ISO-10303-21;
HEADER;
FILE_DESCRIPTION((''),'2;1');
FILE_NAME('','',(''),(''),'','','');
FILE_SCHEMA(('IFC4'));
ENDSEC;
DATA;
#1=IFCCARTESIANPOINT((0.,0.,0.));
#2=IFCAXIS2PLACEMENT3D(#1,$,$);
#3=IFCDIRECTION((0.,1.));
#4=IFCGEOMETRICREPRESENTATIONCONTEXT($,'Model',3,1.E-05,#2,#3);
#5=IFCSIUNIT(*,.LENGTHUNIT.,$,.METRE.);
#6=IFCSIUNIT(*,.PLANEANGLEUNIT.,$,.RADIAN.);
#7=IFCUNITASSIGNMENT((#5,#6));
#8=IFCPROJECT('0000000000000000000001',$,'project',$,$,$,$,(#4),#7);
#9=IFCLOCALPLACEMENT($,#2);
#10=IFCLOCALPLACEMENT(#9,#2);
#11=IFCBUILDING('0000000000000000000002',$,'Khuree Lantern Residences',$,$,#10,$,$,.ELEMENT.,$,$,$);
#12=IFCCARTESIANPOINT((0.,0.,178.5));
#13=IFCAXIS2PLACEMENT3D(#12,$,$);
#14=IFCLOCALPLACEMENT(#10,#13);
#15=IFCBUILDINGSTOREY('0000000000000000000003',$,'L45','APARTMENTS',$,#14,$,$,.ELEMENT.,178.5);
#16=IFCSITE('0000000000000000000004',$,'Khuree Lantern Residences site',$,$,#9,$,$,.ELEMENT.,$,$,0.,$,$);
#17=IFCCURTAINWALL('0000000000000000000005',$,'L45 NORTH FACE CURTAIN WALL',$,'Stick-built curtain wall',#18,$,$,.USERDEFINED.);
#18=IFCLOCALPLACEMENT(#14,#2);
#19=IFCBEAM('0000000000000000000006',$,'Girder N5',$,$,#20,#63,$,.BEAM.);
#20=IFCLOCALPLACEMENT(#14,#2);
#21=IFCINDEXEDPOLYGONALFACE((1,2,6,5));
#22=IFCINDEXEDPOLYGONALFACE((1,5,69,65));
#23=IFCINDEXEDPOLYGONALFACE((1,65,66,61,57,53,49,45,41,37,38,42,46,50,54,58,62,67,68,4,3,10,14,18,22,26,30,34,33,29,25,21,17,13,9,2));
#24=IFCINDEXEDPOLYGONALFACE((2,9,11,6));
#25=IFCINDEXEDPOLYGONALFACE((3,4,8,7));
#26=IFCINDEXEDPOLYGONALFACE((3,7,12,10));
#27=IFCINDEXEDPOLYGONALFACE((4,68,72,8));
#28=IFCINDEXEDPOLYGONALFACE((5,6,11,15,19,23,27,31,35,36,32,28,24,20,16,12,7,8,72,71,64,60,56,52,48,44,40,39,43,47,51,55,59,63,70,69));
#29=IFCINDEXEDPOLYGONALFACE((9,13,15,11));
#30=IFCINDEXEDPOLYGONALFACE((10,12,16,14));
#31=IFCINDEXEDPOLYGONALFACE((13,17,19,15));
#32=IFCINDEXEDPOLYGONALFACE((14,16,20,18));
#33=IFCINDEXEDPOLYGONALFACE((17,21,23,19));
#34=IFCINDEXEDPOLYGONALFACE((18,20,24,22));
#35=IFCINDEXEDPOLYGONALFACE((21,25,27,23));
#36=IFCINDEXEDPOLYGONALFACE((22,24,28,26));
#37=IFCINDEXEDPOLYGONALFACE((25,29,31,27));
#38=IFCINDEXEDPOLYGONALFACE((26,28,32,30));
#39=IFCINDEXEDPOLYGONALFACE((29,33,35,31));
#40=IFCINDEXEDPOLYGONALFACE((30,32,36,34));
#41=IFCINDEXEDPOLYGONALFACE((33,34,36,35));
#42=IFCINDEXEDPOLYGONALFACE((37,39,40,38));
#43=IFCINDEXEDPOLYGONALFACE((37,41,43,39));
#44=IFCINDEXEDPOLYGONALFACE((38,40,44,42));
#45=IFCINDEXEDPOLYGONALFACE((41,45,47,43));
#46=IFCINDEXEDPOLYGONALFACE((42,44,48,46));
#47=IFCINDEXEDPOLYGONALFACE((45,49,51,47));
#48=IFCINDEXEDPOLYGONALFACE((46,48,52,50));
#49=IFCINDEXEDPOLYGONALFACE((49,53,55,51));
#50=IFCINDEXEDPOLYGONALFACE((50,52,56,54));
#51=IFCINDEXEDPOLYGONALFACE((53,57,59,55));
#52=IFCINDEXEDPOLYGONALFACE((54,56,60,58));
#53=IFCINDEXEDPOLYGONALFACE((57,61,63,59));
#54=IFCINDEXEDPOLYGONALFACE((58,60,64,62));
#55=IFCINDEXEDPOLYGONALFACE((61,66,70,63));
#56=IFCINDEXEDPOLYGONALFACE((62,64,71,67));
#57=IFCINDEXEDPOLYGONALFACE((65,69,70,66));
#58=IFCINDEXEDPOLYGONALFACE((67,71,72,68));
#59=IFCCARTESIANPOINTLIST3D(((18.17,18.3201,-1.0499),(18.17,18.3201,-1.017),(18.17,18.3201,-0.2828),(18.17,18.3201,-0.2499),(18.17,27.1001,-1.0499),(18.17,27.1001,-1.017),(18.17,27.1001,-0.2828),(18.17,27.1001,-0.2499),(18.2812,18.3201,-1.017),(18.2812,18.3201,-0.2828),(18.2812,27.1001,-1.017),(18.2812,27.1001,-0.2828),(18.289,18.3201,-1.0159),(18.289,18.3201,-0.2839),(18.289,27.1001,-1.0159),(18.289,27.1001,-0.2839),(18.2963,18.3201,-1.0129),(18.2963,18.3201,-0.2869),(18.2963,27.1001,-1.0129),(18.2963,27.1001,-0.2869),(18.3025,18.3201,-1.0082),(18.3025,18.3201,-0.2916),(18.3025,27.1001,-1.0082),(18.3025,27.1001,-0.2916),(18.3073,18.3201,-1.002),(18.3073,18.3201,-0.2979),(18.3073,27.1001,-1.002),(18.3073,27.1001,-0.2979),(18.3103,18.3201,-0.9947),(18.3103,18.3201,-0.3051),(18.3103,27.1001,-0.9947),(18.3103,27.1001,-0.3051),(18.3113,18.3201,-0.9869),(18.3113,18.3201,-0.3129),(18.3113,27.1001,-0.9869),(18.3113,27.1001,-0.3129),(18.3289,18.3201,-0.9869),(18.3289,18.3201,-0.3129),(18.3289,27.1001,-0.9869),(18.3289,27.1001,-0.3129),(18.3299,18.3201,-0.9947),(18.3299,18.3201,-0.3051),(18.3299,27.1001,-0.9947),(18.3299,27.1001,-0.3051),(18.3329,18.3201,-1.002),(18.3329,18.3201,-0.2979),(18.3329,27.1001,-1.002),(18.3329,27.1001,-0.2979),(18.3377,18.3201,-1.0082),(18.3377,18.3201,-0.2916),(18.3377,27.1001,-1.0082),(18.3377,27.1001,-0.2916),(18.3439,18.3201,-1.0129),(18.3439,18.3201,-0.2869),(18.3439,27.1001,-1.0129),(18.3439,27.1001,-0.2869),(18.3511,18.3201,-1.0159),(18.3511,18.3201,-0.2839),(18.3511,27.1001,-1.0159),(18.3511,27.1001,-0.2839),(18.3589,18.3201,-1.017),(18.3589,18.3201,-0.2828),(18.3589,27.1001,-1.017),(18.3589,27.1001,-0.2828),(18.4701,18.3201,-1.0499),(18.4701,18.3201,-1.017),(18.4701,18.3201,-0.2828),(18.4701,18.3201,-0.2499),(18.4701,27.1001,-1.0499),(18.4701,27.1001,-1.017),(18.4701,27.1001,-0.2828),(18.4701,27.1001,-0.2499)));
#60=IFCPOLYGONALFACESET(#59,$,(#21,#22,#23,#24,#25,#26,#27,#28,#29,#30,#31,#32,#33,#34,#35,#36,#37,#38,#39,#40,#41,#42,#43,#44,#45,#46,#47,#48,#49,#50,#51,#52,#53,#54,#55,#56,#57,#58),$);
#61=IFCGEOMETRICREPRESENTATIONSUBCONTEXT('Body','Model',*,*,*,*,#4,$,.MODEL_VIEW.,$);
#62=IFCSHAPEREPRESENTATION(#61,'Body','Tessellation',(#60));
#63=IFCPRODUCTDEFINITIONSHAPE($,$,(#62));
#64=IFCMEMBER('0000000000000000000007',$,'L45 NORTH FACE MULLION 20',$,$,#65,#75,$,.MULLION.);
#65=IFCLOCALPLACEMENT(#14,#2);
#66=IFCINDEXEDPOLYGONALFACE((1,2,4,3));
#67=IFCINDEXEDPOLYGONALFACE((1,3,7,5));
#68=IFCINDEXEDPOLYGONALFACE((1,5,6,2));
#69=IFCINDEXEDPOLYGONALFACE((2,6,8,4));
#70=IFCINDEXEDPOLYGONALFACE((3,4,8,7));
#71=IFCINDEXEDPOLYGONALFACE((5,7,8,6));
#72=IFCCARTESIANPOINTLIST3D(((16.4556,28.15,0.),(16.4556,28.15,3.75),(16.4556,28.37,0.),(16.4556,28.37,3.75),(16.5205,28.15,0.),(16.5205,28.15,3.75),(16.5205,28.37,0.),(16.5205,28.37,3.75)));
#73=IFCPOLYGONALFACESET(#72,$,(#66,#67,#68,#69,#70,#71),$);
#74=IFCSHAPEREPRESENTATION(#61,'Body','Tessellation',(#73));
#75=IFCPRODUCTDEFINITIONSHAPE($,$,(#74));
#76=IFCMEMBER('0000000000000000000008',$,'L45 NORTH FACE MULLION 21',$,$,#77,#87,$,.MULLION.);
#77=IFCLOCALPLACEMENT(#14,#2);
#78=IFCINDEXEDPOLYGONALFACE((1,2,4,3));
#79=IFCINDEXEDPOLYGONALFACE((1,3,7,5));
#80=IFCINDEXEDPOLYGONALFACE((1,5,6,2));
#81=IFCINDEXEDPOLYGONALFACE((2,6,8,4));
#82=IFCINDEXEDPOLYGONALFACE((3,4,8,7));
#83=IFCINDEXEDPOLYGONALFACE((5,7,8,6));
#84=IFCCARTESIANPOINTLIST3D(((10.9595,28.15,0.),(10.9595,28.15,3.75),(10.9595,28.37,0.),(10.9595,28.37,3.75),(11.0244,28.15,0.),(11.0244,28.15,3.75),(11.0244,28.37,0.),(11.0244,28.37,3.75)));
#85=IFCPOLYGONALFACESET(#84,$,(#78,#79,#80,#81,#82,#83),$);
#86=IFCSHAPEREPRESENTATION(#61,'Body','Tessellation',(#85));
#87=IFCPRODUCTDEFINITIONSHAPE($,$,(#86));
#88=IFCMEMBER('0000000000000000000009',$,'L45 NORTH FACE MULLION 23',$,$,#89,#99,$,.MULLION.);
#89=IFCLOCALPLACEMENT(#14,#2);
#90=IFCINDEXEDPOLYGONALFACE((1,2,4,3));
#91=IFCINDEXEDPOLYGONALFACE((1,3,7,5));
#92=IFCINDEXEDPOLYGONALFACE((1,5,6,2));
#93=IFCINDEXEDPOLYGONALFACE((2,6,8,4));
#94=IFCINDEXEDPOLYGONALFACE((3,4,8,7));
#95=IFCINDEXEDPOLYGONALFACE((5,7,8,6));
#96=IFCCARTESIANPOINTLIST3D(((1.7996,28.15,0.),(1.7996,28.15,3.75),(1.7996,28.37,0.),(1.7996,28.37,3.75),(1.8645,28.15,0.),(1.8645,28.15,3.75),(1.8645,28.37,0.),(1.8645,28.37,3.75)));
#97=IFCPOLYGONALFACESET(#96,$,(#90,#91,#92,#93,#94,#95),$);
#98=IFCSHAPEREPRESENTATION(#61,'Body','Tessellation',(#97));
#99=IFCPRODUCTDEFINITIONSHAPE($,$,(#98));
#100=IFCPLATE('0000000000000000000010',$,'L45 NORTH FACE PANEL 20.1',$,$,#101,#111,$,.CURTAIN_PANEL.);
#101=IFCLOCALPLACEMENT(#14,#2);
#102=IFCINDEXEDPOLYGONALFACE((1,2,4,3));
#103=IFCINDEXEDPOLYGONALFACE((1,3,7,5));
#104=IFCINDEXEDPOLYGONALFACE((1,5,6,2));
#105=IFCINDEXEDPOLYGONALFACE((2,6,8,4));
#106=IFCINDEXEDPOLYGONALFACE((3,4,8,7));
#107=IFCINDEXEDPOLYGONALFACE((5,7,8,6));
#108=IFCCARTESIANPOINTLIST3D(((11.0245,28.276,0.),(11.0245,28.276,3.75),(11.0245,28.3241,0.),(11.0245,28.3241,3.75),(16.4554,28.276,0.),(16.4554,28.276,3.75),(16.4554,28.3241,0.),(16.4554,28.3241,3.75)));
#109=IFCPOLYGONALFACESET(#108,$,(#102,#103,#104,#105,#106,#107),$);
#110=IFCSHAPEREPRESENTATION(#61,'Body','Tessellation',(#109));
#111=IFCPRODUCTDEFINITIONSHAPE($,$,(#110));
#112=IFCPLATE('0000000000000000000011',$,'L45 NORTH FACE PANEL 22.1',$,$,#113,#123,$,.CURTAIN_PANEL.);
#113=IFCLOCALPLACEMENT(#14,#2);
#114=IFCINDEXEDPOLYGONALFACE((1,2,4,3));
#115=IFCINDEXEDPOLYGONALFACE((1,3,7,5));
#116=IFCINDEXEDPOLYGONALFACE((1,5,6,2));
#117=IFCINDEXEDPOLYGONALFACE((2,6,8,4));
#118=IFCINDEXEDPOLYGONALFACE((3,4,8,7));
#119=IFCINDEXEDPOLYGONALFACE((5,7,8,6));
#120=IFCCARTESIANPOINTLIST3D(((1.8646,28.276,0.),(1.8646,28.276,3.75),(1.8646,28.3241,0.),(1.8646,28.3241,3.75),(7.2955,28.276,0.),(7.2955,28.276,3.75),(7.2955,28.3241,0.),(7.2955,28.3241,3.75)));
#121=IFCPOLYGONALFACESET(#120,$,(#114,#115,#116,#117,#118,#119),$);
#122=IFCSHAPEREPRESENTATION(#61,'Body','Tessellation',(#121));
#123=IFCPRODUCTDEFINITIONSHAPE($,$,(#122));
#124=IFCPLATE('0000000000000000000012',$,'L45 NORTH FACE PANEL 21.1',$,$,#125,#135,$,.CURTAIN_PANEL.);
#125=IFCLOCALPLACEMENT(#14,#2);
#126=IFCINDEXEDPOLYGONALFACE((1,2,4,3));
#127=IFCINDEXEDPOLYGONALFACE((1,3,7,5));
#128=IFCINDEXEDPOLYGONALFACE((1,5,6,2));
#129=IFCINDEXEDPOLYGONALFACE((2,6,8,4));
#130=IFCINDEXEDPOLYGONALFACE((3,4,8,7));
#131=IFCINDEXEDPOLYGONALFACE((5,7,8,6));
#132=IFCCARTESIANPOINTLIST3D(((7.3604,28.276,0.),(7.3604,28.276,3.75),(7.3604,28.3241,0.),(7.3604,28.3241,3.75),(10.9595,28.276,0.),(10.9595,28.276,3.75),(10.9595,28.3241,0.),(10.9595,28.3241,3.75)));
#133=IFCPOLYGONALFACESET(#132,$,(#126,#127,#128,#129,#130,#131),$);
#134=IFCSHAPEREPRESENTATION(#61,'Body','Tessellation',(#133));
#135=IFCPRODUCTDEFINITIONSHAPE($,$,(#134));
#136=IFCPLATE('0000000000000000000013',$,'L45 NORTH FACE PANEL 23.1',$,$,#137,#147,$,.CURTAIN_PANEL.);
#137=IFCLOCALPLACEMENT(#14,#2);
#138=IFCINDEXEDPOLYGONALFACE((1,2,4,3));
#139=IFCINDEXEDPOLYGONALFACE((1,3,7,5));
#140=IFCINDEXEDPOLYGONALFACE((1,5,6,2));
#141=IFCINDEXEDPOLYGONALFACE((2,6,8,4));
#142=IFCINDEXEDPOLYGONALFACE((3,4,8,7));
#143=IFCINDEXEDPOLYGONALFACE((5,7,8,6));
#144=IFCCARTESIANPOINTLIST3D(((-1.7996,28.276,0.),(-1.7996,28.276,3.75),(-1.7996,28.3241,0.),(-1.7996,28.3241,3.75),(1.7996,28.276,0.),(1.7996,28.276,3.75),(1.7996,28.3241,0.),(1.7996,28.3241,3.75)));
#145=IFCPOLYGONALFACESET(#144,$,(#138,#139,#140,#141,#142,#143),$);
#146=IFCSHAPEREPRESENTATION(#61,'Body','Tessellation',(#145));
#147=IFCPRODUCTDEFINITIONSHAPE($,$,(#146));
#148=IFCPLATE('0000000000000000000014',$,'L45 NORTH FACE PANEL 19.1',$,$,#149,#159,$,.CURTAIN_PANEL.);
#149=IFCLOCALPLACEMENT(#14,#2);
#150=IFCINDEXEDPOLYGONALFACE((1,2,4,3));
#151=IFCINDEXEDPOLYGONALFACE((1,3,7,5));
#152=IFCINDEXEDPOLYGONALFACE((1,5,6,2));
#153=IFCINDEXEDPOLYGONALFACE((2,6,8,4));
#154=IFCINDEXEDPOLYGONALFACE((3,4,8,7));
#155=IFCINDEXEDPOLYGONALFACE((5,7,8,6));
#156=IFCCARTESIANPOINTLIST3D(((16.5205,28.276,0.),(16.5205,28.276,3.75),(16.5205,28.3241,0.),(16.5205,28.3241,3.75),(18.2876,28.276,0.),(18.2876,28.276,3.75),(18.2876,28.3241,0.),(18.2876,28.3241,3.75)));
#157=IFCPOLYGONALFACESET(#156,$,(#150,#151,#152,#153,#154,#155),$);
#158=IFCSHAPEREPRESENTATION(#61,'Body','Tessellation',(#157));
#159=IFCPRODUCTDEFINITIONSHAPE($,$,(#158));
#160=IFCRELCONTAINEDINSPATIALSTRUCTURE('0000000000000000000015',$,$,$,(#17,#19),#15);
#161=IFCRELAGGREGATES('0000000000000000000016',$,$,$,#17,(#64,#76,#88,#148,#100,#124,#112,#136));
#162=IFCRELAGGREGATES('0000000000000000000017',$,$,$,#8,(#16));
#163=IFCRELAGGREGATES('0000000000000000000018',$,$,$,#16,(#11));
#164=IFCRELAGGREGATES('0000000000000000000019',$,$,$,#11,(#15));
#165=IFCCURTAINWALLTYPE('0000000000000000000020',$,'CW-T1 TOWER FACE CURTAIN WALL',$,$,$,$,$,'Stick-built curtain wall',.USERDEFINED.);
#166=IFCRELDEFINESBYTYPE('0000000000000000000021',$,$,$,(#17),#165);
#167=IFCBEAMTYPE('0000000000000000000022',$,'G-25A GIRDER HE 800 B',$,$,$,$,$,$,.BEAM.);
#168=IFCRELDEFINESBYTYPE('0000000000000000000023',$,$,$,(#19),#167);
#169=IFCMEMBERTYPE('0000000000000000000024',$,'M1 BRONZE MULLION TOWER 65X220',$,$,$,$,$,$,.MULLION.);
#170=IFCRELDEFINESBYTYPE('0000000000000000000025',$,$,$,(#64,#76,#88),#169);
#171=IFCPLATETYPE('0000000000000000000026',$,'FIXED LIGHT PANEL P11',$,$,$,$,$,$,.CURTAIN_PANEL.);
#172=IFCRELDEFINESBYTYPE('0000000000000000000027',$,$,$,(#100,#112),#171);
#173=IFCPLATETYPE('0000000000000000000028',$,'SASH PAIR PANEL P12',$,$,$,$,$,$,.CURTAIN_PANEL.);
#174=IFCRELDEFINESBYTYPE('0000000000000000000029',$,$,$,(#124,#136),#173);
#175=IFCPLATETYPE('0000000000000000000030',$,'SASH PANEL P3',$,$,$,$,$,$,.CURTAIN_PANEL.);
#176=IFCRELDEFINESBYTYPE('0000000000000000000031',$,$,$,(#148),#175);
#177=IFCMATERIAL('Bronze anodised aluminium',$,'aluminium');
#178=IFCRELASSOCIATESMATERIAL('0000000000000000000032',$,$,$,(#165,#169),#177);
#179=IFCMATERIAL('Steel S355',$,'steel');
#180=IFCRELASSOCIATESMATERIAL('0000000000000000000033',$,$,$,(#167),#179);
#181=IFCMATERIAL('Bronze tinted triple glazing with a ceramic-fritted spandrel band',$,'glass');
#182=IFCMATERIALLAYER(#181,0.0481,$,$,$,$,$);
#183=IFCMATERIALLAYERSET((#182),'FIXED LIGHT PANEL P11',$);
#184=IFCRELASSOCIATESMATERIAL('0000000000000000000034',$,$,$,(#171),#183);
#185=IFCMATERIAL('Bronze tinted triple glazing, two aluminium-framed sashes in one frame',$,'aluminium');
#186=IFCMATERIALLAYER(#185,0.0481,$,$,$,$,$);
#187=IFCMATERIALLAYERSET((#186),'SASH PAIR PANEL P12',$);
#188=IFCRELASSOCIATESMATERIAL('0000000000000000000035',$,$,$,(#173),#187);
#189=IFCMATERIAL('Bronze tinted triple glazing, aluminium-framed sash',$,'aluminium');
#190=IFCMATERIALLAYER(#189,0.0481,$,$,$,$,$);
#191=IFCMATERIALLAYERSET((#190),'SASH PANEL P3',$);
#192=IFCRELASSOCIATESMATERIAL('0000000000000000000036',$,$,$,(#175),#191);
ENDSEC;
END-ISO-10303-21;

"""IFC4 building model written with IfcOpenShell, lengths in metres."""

from ifc_helpers import new_model, si_unit, direction, frame, origin, origin_2d, place, context, subcontext, project, spatial, rectangle, i_section, extrude, material, layer, layer_set, material_profile, profile_set, type_object, element, aggregate, save


model = new_model("IFC4")

# Units and contexts
model_context = context("Model", 3, precision=1e-05, world=origin(), true_north=direction((0.0, 1.0)))
body_context = subcontext(model_context, "Body", "Model", "MODEL_VIEW")
ifc_project = project(units=[si_unit("LENGTHUNIT", "METRE"), si_unit("PLANEANGLEUNIT", "RADIAN")], contexts=[model_context])

# Site, building, storey
site_placement = place(None, origin())
site = spatial("IfcSite", under=ifc_project, at=site_placement, Name="Khuree Lantern Residences site", CompositionType="ELEMENT", RefElevation=0.0)
building_placement = place(site_placement, origin())
building = spatial("IfcBuilding", under=site, at=building_placement, Name="Khuree Lantern Residences", CompositionType="ELEMENT")
storey_placement = place(building_placement, frame((0.0, 0.0, 178.5)))
storey = spatial("IfcBuildingStorey", under=building, at=storey_placement, Name="L45", Description="APARTMENTS", CompositionType="ELEMENT", Elevation=178.5)

# Shared definitions
ifc_material_1 = material(Name="Steel S355", Category="steel")

# Curtain wall
ifc_material_2 = material(Name="Bronze anodised aluminium", Category="aluminium")
curtain_wall_type = type_object("IfcCurtainWallType", Name="CW-T1 TOWER FACE CURTAIN WALL", ElementType="Stick-built curtain wall", PredefinedType="USERDEFINED", material=ifc_material_2)
curtain_wall_placement = place(storey_placement, origin())
curtain_wall = element("IfcCurtainWall", 1, at=curtain_wall_placement, inside=storey, type_object=curtain_wall_type, Name="L45 NORTH FACE CURTAIN WALL", ObjectType="Stick-built curtain wall", PredefinedType="USERDEFINED")

# Beam
ifc_material_profile_1 = material_profile(ifc_material_1, i_section(OverallWidth=0.3, OverallDepth=0.8, WebThickness=0.0176, FlangeThickness=0.033, FilletRadius=0.03, at=origin_2d()), Name="HE 800 B")
ifc_profile_set_1 = profile_set([ifc_material_profile_1], Name="Steel S355")
beam_type_1 = type_object("IfcBeamType", Name="G-25A GIRDER HE 800 B", PredefinedType="BEAM", material=ifc_profile_set_1)
beam_1_placement = place(storey_placement, frame((18.3201, 27.1001, -0.6499), z_axis=(0.0, -1.0, 0.0), x_axis=(1.0, 0.0, 0.0)))
element("IfcBeam", 2, at=beam_1_placement, inside=storey, type_object=beam_type_1, Name="Girder N5", PredefinedType="BEAM", context=body_context, shape_type="SweptSolid", body=[
    extrude(i_section(OverallWidth=0.3, OverallDepth=0.8, WebThickness=0.0176, FlangeThickness=0.033, FilletRadius=0.03, at=origin_2d()), origin(), (0.0, 0.0, 1.0), 8.78),
])

# Members
ifc_material_profile_2 = material_profile(ifc_material_2, rectangle(XDim=0.0649, YDim=0.22, at=origin_2d()), Name="M1 65X220")
ifc_profile_set_2 = profile_set([ifc_material_profile_2], Name="Bronze anodised aluminium")
member_type_1 = type_object("IfcMemberType", Name="M1 BRONZE MULLION TOWER 65X220", PredefinedType="MULLION", material=ifc_profile_set_2)
member_1_placement = place(storey_placement, frame((16.488, 28.26, 0.0), z_axis=(0.0, 0.0, 1.0), x_axis=(-1.0, 0.0, 0.0)))
member_1 = element("IfcMember", 3, at=member_1_placement, type_object=member_type_1, Name="L45 NORTH FACE MULLION 20", PredefinedType="MULLION", context=body_context, shape_type="SweptSolid", body=[
    extrude(rectangle(XDim=0.0649, YDim=0.22, at=origin_2d()), origin(), (0.0, 0.0, 1.0), 3.75),
])
member_2_placement = place(storey_placement, frame((10.9919, 28.26, 0.0), z_axis=(0.0, 0.0, 1.0), x_axis=(-1.0, 0.0, 0.0)))
member_2 = element("IfcMember", 4, at=member_2_placement, type_object=member_type_1, Name="L45 NORTH FACE MULLION 21", PredefinedType="MULLION", context=body_context, shape_type="SweptSolid", body=[
    extrude(rectangle(XDim=0.0649, YDim=0.22, at=origin_2d()), origin(), (0.0, 0.0, 1.0), 3.75),
])
member_3_placement = place(storey_placement, frame((1.832, 28.26, 0.0), z_axis=(0.0, 0.0, 1.0), x_axis=(-1.0, 0.0, 0.0)))
member_3 = element("IfcMember", 5, at=member_3_placement, type_object=member_type_1, Name="L45 NORTH FACE MULLION 23", PredefinedType="MULLION", context=body_context, shape_type="SweptSolid", body=[
    extrude(rectangle(XDim=0.0649, YDim=0.22, at=origin_2d()), origin(), (0.0, 0.0, 1.0), 3.75),
])

# Plates
ifc_material_3 = material(Name="Bronze tinted triple glazing with a ceramic-fritted spandrel band", Category="glass")
ifc_layer_1 = layer(ifc_material_3, 0.0481)
ifc_layer_set_1 = layer_set([ifc_layer_1], Name="FIXED LIGHT PANEL P11")
plate_type_1 = type_object("IfcPlateType", Name="FIXED LIGHT PANEL P11", PredefinedType="CURTAIN_PANEL", material=ifc_layer_set_1)
plate_1_placement = place(storey_placement, frame((13.74, 28.3, 0.0), z_axis=(0.0, 0.0, 1.0), x_axis=(-1.0, 0.0, 0.0)))
plate_1 = element("IfcPlate", 6, at=plate_1_placement, type_object=plate_type_1, Name="L45 NORTH FACE PANEL 20.1", PredefinedType="CURTAIN_PANEL", context=body_context, shape_type="SweptSolid", body=[
    extrude(rectangle(XDim=5.4309, YDim=0.0481, at=origin_2d()), origin(), (0.0, 0.0, 1.0), 3.75),
])
plate_2_placement = place(storey_placement, frame((4.5801, 28.3, 0.0), z_axis=(0.0, 0.0, 1.0), x_axis=(-1.0, 0.0, 0.0)))
plate_2 = element("IfcPlate", 7, at=plate_2_placement, type_object=plate_type_1, Name="L45 NORTH FACE PANEL 22.1", PredefinedType="CURTAIN_PANEL", context=body_context, shape_type="SweptSolid", body=[
    extrude(rectangle(XDim=5.4309, YDim=0.0481, at=origin_2d()), origin(), (0.0, 0.0, 1.0), 3.75),
])
ifc_material_4 = material(Name="Bronze tinted triple glazing, two aluminium-framed sashes in one frame", Category="aluminium")
ifc_layer_2 = layer(ifc_material_4, 0.0481)
ifc_layer_set_2 = layer_set([ifc_layer_2], Name="SASH PAIR PANEL P12")
plate_type_2 = type_object("IfcPlateType", Name="SASH PAIR PANEL P12", PredefinedType="CURTAIN_PANEL", material=ifc_layer_set_2)
plate_3_placement = place(storey_placement, frame((9.1599, 28.3, 0.0), z_axis=(0.0, 0.0, 1.0), x_axis=(-1.0, 0.0, 0.0)))
plate_3 = element("IfcPlate", 8, at=plate_3_placement, type_object=plate_type_2, Name="L45 NORTH FACE PANEL 21.1", PredefinedType="CURTAIN_PANEL", context=body_context, shape_type="SweptSolid", body=[
    extrude(rectangle(XDim=3.5991, YDim=0.0481, at=origin_2d()), origin(), (0.0, 0.0, 1.0), 3.75),
])
plate_4_placement = place(storey_placement, frame((0.0, 28.3, 0.0), z_axis=(0.0, 0.0, 1.0), x_axis=(-1.0, 0.0, 0.0)))
plate_4 = element("IfcPlate", 9, at=plate_4_placement, type_object=plate_type_2, Name="L45 NORTH FACE PANEL 23.1", PredefinedType="CURTAIN_PANEL", context=body_context, shape_type="SweptSolid", body=[
    extrude(rectangle(XDim=3.5991, YDim=0.0481, at=origin_2d()), origin(), (0.0, 0.0, 1.0), 3.75),
])
ifc_material_5 = material(Name="Bronze tinted triple glazing, aluminium-framed sash", Category="aluminium")
ifc_layer_3 = layer(ifc_material_5, 0.0481)
ifc_layer_set_3 = layer_set([ifc_layer_3], Name="SASH PANEL P3")
plate_type_3 = type_object("IfcPlateType", Name="SASH PANEL P3", PredefinedType="CURTAIN_PANEL", material=ifc_layer_set_3)
plate_5_placement = place(storey_placement, frame((17.4041, 28.3, 0.0), z_axis=(0.0, 0.0, 1.0), x_axis=(-1.0, 0.0, 0.0)))
plate_5 = element("IfcPlate", 10, at=plate_5_placement, type_object=plate_type_3, Name="L45 NORTH FACE PANEL 19.1", PredefinedType="CURTAIN_PANEL", context=body_context, shape_type="SweptSolid", body=[
    extrude(rectangle(XDim=1.7671, YDim=0.0481, at=origin_2d()), origin(), (0.0, 0.0, 1.0), 3.75),
])
aggregate(curtain_wall, [member_1, member_2, member_3, plate_5, plate_1, plate_3, plate_2, plate_4])

save(model, "model.ifc")
